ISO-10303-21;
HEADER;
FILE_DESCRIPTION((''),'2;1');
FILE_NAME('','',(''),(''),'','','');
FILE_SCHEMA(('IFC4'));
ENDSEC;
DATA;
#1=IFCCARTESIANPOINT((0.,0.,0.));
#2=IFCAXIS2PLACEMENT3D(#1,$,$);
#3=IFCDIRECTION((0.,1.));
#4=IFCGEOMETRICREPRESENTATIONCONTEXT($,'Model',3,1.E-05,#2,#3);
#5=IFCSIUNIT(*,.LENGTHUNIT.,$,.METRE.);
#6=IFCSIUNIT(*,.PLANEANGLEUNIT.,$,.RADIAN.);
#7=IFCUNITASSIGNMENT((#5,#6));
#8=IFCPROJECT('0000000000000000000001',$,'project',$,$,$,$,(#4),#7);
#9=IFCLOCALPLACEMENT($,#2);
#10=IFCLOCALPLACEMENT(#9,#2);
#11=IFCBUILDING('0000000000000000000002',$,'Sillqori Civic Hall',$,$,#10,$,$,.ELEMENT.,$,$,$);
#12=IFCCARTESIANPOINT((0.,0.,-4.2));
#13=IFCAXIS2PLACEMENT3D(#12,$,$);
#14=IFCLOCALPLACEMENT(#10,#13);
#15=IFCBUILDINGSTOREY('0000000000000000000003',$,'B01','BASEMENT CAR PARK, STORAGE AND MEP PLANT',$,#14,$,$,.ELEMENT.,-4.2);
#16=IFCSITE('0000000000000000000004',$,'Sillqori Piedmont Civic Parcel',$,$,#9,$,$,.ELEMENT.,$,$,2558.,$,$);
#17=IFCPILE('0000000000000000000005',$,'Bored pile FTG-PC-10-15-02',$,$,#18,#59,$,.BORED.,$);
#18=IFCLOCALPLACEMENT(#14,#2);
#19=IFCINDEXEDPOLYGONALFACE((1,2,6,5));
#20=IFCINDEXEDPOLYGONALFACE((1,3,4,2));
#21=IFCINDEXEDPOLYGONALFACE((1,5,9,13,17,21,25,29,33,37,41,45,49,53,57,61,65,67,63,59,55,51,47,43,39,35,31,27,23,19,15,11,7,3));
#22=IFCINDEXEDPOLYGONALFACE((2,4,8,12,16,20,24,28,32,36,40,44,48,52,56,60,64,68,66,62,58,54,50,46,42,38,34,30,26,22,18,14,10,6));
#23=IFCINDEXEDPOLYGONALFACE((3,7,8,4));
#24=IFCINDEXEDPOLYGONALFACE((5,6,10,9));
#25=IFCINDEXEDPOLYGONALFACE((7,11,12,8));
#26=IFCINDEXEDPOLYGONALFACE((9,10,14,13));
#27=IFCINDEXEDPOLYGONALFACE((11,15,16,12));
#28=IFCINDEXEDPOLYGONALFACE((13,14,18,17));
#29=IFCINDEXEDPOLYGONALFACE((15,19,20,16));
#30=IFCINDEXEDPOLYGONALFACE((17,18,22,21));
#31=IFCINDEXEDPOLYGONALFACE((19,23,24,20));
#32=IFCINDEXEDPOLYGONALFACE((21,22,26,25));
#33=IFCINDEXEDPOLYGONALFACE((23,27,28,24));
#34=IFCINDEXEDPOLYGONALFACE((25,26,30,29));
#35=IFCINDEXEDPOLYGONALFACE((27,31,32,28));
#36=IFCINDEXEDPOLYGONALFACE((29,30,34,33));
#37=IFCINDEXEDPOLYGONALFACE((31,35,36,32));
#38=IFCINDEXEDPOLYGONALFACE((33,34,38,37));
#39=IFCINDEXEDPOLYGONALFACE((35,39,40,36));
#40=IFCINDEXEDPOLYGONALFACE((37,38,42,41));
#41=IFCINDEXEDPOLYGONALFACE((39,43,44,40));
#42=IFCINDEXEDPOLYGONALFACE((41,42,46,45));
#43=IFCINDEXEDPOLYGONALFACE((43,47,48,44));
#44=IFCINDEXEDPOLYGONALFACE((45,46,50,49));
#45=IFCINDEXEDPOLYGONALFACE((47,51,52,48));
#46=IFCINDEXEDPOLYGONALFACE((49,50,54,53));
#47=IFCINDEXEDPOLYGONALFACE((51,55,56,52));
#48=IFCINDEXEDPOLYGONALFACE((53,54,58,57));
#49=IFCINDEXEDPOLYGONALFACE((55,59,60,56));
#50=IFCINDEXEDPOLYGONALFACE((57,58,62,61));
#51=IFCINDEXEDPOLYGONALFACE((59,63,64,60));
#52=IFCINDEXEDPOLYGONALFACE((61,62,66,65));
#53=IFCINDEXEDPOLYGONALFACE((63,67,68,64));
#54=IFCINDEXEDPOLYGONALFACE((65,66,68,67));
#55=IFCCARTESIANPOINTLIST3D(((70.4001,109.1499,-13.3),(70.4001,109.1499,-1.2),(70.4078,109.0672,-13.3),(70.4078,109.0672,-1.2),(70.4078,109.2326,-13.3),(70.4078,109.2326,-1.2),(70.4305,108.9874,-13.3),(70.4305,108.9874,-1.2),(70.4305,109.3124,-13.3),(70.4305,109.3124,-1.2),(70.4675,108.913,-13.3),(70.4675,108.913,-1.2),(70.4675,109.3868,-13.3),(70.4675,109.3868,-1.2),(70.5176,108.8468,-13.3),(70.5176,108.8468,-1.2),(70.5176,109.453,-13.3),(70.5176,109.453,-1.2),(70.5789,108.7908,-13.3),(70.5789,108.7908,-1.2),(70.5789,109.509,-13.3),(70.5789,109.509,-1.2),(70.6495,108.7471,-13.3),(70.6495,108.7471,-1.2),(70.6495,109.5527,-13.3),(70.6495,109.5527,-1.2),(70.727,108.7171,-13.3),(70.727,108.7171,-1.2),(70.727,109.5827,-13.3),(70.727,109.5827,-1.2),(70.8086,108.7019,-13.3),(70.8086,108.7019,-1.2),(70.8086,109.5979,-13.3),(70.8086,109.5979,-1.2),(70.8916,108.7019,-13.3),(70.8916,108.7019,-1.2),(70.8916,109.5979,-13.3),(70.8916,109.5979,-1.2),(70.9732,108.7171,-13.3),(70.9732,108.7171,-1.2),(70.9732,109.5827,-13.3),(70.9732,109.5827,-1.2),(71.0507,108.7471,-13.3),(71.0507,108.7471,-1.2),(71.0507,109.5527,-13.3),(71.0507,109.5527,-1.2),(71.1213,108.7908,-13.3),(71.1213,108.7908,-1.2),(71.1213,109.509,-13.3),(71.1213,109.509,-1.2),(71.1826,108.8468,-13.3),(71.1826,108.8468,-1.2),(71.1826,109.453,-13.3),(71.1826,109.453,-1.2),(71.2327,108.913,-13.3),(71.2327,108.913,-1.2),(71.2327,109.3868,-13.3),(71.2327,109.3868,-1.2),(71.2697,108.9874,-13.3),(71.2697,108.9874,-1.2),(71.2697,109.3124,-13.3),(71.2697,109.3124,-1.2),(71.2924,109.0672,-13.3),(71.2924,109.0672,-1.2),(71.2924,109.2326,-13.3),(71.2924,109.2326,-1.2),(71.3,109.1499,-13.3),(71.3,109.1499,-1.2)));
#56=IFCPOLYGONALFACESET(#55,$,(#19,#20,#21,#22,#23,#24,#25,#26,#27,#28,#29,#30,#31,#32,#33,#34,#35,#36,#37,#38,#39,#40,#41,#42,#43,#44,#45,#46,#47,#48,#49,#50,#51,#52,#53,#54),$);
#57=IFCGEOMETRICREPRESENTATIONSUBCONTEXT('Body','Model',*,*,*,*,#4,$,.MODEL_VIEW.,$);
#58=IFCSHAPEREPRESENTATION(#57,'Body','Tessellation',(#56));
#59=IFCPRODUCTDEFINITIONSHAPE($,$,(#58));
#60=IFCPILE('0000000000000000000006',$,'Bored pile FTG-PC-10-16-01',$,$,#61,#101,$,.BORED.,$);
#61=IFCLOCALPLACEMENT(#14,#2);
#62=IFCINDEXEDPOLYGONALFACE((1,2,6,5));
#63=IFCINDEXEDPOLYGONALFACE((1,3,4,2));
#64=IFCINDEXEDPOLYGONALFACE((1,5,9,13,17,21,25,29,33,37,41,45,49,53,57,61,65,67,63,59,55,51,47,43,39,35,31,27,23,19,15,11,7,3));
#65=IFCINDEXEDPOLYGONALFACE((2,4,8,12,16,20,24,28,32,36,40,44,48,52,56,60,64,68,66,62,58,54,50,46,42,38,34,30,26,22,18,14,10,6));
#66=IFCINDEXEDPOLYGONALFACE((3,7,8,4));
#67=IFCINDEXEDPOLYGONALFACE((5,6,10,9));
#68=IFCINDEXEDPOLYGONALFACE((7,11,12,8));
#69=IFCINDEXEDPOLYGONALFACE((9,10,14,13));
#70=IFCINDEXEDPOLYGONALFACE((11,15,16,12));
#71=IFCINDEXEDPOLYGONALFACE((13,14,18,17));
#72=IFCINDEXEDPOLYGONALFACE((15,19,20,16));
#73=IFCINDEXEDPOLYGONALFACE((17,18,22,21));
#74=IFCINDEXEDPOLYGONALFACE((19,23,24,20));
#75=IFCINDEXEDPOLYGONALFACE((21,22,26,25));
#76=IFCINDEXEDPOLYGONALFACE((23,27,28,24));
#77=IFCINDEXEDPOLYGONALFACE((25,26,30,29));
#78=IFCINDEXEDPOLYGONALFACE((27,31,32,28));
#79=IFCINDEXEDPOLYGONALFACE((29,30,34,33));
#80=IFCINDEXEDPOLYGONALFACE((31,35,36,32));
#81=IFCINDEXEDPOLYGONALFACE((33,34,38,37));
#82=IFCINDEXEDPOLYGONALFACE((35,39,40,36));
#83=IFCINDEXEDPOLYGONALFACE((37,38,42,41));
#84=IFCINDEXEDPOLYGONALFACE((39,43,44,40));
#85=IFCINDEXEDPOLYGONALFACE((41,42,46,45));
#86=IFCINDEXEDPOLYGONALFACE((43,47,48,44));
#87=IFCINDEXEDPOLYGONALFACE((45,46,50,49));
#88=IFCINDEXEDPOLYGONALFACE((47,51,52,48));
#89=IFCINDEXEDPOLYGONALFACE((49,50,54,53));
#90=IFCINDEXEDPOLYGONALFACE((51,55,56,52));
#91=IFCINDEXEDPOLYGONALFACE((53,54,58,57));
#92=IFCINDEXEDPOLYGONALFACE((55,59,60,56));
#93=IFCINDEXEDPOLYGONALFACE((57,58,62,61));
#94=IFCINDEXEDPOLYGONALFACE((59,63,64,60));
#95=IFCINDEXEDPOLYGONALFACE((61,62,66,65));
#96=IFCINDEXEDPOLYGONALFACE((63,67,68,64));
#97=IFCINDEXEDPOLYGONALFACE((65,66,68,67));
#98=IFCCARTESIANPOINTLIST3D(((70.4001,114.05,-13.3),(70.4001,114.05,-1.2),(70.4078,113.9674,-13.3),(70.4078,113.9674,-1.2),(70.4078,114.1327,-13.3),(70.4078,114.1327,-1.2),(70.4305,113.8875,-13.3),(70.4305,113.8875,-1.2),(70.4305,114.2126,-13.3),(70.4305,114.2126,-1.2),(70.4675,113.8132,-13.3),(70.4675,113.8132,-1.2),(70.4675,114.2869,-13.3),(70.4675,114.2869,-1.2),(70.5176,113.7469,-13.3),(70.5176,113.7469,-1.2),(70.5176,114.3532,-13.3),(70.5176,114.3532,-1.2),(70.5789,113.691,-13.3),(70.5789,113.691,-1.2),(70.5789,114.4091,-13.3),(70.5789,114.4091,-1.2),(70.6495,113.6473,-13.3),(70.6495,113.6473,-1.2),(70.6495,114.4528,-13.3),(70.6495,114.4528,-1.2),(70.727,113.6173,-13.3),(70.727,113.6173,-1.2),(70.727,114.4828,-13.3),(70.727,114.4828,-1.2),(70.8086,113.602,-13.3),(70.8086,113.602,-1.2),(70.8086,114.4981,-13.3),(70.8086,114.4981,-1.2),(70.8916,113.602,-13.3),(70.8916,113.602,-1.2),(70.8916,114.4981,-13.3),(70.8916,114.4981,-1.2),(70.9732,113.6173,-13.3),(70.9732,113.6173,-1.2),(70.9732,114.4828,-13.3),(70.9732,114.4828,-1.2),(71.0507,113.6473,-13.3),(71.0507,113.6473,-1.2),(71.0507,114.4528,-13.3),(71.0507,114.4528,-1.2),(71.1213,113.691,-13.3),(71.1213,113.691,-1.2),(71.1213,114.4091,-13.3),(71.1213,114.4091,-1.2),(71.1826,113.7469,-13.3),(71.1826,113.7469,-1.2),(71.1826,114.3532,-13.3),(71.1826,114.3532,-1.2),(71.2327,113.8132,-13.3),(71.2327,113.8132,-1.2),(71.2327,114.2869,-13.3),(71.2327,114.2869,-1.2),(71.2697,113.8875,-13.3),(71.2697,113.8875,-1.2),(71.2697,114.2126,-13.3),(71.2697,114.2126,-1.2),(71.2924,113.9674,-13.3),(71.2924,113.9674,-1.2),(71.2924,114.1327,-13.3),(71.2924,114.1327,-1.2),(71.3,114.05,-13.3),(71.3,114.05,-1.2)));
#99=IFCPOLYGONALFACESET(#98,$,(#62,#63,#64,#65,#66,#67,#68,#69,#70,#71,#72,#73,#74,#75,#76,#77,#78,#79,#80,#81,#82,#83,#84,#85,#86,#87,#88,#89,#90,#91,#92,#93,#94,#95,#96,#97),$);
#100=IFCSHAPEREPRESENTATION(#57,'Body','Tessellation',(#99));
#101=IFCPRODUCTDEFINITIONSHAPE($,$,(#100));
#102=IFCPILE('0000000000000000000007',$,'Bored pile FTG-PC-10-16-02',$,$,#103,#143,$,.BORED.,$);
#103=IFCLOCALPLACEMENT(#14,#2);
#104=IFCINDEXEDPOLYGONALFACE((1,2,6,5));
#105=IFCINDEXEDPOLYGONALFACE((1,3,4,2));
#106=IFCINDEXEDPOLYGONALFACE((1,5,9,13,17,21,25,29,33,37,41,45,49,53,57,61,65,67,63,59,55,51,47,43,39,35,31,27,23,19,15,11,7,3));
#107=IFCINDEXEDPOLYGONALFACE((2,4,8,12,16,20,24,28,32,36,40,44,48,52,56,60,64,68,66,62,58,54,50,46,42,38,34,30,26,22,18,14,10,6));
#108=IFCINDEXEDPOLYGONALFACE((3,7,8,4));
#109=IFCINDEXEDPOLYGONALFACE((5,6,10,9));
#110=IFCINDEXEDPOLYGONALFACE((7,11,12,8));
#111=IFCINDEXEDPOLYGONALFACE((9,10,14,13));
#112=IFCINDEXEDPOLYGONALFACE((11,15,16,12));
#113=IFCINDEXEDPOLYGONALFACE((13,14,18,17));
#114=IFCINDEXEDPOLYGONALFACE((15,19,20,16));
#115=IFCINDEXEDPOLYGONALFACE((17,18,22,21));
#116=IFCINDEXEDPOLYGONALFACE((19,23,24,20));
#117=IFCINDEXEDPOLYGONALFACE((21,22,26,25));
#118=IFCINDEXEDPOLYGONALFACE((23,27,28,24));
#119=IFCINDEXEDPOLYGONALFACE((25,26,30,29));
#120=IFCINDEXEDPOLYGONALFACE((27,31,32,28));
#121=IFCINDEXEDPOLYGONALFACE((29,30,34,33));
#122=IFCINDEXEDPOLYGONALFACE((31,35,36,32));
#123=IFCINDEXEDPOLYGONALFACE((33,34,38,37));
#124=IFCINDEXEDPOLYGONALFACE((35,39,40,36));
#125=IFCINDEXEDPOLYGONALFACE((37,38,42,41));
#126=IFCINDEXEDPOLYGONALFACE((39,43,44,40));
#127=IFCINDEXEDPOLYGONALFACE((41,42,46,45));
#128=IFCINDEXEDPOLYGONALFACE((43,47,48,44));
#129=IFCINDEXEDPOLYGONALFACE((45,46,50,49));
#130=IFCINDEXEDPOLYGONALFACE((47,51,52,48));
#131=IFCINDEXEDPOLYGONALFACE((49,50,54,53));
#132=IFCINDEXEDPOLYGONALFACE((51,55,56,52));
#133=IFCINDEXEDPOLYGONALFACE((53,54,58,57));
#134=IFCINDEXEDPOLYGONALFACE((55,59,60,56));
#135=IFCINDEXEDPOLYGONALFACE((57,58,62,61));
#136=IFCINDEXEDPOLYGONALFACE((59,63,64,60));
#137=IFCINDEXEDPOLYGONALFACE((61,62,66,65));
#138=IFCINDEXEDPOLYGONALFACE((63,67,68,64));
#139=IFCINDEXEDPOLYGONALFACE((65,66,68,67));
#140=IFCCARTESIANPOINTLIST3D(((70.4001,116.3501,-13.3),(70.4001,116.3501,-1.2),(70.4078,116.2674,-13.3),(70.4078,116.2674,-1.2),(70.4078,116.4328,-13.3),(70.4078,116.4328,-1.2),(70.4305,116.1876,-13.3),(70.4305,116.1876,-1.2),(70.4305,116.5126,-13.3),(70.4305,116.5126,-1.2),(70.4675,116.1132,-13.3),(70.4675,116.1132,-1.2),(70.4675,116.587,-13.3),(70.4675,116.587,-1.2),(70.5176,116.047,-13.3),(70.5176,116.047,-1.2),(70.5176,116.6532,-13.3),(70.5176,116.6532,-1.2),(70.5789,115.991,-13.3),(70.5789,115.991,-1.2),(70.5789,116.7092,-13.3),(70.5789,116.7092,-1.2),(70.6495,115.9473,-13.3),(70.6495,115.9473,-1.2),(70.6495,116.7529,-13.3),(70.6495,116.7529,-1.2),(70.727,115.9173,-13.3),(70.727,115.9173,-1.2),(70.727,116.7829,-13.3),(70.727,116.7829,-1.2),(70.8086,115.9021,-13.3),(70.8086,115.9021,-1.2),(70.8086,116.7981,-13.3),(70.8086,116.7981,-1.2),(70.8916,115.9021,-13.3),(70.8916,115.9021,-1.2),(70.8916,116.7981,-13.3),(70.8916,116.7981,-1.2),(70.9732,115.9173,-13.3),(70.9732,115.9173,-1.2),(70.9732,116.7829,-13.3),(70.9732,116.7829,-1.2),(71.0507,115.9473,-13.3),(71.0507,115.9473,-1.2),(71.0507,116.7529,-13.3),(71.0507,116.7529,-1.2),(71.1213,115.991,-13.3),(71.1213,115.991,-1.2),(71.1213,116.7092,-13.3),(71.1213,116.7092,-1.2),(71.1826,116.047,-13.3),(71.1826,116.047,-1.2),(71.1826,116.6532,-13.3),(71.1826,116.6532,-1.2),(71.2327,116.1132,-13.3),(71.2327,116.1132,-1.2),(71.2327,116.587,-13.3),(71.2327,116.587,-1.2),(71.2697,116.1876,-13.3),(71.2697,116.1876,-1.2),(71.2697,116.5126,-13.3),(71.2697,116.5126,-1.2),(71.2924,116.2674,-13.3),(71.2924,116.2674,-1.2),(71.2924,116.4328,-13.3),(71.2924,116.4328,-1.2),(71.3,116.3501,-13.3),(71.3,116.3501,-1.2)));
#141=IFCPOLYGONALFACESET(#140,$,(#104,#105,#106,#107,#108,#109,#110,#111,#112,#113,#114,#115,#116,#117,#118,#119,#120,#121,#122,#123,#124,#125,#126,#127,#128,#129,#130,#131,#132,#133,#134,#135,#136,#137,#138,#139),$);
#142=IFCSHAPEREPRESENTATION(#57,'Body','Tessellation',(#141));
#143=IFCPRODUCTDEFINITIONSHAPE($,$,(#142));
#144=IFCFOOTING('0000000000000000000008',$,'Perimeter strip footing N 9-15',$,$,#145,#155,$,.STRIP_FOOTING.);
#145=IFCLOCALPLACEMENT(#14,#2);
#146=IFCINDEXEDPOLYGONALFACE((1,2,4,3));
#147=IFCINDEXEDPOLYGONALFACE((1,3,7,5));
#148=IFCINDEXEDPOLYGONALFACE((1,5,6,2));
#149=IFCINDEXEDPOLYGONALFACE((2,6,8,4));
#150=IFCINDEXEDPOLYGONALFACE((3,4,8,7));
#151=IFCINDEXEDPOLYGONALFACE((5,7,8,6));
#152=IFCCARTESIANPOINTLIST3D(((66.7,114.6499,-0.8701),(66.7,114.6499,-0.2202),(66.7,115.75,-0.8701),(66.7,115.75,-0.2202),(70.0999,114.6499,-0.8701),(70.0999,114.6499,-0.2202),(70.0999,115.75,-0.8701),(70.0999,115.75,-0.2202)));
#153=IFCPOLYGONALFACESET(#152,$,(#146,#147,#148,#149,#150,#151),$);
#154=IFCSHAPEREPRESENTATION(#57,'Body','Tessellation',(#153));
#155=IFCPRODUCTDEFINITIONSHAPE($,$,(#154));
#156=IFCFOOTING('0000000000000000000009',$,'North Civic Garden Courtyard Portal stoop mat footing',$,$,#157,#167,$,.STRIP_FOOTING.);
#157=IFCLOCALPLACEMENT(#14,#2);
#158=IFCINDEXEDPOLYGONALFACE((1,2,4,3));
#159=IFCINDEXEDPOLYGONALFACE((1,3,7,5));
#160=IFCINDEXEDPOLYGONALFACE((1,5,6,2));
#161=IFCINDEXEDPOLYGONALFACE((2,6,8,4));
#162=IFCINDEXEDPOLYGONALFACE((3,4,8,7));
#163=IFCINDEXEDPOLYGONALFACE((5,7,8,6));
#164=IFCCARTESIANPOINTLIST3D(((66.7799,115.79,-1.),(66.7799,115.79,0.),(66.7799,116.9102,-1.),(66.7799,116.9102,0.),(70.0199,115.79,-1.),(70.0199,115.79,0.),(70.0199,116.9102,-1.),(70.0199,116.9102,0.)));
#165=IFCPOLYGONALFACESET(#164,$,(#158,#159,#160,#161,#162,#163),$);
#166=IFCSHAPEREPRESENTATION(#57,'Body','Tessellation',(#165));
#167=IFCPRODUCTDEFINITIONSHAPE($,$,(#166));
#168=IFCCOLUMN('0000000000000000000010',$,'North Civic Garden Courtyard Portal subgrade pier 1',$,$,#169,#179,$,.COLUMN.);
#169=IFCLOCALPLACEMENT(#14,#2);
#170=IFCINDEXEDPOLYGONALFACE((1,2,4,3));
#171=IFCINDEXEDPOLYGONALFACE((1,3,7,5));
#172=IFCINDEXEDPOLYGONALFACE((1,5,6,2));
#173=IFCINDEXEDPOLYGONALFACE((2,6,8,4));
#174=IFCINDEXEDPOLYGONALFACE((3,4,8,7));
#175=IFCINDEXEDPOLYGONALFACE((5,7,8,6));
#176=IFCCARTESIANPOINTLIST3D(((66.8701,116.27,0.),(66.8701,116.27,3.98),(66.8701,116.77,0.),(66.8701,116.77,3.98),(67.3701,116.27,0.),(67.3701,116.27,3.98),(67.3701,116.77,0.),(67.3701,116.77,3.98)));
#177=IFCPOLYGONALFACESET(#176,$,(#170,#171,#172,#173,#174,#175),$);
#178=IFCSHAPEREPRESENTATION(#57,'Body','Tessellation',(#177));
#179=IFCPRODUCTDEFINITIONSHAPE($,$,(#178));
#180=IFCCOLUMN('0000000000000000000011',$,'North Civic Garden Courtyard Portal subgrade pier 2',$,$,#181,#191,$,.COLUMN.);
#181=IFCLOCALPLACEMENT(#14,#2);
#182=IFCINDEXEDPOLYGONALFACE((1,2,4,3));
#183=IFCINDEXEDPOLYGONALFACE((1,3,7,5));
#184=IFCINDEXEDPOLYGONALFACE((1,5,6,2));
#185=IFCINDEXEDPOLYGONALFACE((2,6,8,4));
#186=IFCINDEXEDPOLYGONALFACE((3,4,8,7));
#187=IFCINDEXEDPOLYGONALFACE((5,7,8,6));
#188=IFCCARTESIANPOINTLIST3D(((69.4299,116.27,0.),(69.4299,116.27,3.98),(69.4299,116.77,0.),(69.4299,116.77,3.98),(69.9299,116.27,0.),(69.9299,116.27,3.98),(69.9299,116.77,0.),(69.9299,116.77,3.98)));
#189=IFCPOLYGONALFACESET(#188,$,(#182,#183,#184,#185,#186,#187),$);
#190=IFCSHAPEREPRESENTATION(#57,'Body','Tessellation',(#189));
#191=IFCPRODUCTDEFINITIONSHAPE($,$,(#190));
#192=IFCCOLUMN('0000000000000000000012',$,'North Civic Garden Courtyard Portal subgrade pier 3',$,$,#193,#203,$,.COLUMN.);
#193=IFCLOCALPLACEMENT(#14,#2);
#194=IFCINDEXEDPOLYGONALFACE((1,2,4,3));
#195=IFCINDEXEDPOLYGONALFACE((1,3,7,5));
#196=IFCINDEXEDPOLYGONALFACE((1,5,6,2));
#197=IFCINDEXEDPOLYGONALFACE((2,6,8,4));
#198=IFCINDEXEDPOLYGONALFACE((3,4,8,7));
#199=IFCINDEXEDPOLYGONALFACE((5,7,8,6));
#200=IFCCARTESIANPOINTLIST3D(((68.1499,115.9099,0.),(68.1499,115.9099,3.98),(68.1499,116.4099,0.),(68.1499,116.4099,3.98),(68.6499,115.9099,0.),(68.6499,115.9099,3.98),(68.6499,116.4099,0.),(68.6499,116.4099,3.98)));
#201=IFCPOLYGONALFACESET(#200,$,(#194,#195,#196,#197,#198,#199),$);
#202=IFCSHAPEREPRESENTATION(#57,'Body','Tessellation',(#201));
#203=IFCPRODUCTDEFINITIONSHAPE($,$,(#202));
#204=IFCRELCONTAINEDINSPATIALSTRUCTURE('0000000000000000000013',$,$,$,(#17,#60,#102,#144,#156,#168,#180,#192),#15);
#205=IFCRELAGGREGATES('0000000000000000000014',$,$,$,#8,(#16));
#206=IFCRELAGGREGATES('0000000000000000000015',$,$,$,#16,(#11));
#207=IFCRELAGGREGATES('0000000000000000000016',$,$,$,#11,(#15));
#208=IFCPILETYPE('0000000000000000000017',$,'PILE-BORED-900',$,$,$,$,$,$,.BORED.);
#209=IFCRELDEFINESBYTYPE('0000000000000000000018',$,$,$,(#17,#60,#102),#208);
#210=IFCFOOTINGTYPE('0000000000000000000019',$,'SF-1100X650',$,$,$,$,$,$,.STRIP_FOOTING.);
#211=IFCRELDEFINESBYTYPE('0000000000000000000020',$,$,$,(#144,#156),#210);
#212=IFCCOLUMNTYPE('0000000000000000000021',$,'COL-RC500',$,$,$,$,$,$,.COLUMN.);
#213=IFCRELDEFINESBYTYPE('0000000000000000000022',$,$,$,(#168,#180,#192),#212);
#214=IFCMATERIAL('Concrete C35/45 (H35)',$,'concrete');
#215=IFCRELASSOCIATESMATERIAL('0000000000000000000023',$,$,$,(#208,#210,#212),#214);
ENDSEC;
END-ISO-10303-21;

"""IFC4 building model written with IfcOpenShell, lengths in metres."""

from ifc_helpers import new_model, si_unit, direction, frame, origin, origin_2d, place, context, subcontext, project, spatial, rectangle, circle, extrude, material, material_profile, profile_set, type_object, element, save


model = new_model("IFC4")

# Units and contexts
model_context = context("Model", 3, precision=1e-05, world=origin(), true_north=direction((0.0, 1.0)))
body_context = subcontext(model_context, "Body", "Model", "MODEL_VIEW")
ifc_project = project(units=[si_unit("LENGTHUNIT", "METRE"), si_unit("PLANEANGLEUNIT", "RADIAN")], contexts=[model_context])

# Site, building, storey
site_placement = place(None, origin())
site = spatial("IfcSite", under=ifc_project, at=site_placement, Name="Sillqori Piedmont Civic Parcel", CompositionType="ELEMENT", RefElevation=2558.0)
building_placement = place(site_placement, origin())
building = spatial("IfcBuilding", under=site, at=building_placement, Name="Sillqori Civic Hall", CompositionType="ELEMENT")
storey_placement = place(building_placement, frame((0.0, 0.0, -4.2)))
storey = spatial("IfcBuildingStorey", under=building, at=storey_placement, Name="B01", Description="BASEMENT CAR PARK, STORAGE AND MEP PLANT", CompositionType="ELEMENT", Elevation=-4.2)

# Shared definitions
ifc_material_1 = material(Name="Concrete C35/45 (H35)", Category="concrete")

# Piles
ifc_material_profile_1 = material_profile(ifc_material_1, circle(Radius=0.45, at=origin_2d()), Name="BORED PILE 900")
ifc_profile_set_1 = profile_set([ifc_material_profile_1], Name="Concrete C35/45 (H35)")
pile_type = type_object("IfcPileType", Name="PILE-BORED-900", PredefinedType="BORED", material=ifc_profile_set_1)
for number, where, z_axis, x_axis, name in (
    (1, (70.8501, 109.1499, -1.2), (0.0, 0.0, -1.0), (1.0, 0.0, 0.0), "Bored pile FTG-PC-10-15-02"),
    (2, (70.8501, 114.05, -1.2), (0.0, 0.0, -1.0), (1.0, 0.0, 0.0), "Bored pile FTG-PC-10-16-01"),
    (3, (70.8501, 116.3501, -1.2), (0.0, 0.0, -1.0), (1.0, 0.0, 0.0), "Bored pile FTG-PC-10-16-02"),
):
    element("IfcPile", number, at=place(storey_placement, frame(where, z_axis=z_axis, x_axis=x_axis)), inside=storey, type_object=pile_type, Name=name, PredefinedType="BORED", context=body_context, shape_type="SweptSolid", body=[
        extrude(circle(Radius=0.45, at=origin_2d()), origin(), (0.0, 0.0, 1.0), 12.1001),
    ])

# Footings
footing_type_1 = type_object("IfcFootingType", Name="SF-1100X650", PredefinedType="STRIP_FOOTING", material=ifc_material_1)
footing_1_placement = place(storey_placement, frame((68.3999, 115.2, -0.8701), z_axis=(0.0, 0.0, 1.0), x_axis=(1.0, 0.0, 0.0)))
element("IfcFooting", 4, at=footing_1_placement, inside=storey, type_object=footing_type_1, Name="Perimeter strip footing N 9-15", PredefinedType="STRIP_FOOTING", context=body_context, shape_type="SweptSolid", body=[
    extrude(rectangle(XDim=3.3999, YDim=1.1001, at=origin_2d()), origin(), (0.0, 0.0, 1.0), 0.6499),
])
footing_2_placement = place(storey_placement, frame((68.3999, 116.3501, -1.0), z_axis=(0.0, 0.0, 1.0), x_axis=(1.0, 0.0, 0.0)))
element("IfcFooting", 5, at=footing_2_placement, inside=storey, type_object=footing_type_1, Name="North Civic Garden Courtyard Portal stoop mat footing", PredefinedType="STRIP_FOOTING", context=body_context, shape_type="SweptSolid", body=[
    extrude(rectangle(XDim=3.24, YDim=1.1201, at=origin_2d()), origin(), (0.0, 0.0, 1.0), 1.0),
])

# Columns
ifc_material_profile_2 = material_profile(ifc_material_1, rectangle(XDim=0.5, YDim=0.5, at=origin_2d()), Name="RC 500x500")
ifc_profile_set_2 = profile_set([ifc_material_profile_2], Name="Concrete C35/45 (H35)")
column_type_1 = type_object("IfcColumnType", Name="COL-RC500", PredefinedType="COLUMN", material=ifc_profile_set_2)
for number, where, z_axis, x_axis, name in (
    (6, (67.1201, 116.52, 0.0), (0.0, 0.0, 1.0), (1.0, 0.0, 0.0), "North Civic Garden Courtyard Portal subgrade pier 1"),
    (7, (69.6799, 116.52, 0.0), (0.0, 0.0, 1.0), (1.0, 0.0, 0.0), "North Civic Garden Courtyard Portal subgrade pier 2"),
    (8, (68.3999, 116.1599, 0.0), (0.0, 0.0, 1.0), (1.0, 0.0, 0.0), "North Civic Garden Courtyard Portal subgrade pier 3"),
):
    element("IfcColumn", number, at=place(storey_placement, frame(where, z_axis=z_axis, x_axis=x_axis)), inside=storey, type_object=column_type_1, Name=name, PredefinedType="COLUMN", context=body_context, shape_type="SweptSolid", body=[
        extrude(rectangle(XDim=0.5, YDim=0.5, at=origin_2d()), origin(), (0.0, 0.0, 1.0), 3.98),
    ])

save(model, "model.ifc")
